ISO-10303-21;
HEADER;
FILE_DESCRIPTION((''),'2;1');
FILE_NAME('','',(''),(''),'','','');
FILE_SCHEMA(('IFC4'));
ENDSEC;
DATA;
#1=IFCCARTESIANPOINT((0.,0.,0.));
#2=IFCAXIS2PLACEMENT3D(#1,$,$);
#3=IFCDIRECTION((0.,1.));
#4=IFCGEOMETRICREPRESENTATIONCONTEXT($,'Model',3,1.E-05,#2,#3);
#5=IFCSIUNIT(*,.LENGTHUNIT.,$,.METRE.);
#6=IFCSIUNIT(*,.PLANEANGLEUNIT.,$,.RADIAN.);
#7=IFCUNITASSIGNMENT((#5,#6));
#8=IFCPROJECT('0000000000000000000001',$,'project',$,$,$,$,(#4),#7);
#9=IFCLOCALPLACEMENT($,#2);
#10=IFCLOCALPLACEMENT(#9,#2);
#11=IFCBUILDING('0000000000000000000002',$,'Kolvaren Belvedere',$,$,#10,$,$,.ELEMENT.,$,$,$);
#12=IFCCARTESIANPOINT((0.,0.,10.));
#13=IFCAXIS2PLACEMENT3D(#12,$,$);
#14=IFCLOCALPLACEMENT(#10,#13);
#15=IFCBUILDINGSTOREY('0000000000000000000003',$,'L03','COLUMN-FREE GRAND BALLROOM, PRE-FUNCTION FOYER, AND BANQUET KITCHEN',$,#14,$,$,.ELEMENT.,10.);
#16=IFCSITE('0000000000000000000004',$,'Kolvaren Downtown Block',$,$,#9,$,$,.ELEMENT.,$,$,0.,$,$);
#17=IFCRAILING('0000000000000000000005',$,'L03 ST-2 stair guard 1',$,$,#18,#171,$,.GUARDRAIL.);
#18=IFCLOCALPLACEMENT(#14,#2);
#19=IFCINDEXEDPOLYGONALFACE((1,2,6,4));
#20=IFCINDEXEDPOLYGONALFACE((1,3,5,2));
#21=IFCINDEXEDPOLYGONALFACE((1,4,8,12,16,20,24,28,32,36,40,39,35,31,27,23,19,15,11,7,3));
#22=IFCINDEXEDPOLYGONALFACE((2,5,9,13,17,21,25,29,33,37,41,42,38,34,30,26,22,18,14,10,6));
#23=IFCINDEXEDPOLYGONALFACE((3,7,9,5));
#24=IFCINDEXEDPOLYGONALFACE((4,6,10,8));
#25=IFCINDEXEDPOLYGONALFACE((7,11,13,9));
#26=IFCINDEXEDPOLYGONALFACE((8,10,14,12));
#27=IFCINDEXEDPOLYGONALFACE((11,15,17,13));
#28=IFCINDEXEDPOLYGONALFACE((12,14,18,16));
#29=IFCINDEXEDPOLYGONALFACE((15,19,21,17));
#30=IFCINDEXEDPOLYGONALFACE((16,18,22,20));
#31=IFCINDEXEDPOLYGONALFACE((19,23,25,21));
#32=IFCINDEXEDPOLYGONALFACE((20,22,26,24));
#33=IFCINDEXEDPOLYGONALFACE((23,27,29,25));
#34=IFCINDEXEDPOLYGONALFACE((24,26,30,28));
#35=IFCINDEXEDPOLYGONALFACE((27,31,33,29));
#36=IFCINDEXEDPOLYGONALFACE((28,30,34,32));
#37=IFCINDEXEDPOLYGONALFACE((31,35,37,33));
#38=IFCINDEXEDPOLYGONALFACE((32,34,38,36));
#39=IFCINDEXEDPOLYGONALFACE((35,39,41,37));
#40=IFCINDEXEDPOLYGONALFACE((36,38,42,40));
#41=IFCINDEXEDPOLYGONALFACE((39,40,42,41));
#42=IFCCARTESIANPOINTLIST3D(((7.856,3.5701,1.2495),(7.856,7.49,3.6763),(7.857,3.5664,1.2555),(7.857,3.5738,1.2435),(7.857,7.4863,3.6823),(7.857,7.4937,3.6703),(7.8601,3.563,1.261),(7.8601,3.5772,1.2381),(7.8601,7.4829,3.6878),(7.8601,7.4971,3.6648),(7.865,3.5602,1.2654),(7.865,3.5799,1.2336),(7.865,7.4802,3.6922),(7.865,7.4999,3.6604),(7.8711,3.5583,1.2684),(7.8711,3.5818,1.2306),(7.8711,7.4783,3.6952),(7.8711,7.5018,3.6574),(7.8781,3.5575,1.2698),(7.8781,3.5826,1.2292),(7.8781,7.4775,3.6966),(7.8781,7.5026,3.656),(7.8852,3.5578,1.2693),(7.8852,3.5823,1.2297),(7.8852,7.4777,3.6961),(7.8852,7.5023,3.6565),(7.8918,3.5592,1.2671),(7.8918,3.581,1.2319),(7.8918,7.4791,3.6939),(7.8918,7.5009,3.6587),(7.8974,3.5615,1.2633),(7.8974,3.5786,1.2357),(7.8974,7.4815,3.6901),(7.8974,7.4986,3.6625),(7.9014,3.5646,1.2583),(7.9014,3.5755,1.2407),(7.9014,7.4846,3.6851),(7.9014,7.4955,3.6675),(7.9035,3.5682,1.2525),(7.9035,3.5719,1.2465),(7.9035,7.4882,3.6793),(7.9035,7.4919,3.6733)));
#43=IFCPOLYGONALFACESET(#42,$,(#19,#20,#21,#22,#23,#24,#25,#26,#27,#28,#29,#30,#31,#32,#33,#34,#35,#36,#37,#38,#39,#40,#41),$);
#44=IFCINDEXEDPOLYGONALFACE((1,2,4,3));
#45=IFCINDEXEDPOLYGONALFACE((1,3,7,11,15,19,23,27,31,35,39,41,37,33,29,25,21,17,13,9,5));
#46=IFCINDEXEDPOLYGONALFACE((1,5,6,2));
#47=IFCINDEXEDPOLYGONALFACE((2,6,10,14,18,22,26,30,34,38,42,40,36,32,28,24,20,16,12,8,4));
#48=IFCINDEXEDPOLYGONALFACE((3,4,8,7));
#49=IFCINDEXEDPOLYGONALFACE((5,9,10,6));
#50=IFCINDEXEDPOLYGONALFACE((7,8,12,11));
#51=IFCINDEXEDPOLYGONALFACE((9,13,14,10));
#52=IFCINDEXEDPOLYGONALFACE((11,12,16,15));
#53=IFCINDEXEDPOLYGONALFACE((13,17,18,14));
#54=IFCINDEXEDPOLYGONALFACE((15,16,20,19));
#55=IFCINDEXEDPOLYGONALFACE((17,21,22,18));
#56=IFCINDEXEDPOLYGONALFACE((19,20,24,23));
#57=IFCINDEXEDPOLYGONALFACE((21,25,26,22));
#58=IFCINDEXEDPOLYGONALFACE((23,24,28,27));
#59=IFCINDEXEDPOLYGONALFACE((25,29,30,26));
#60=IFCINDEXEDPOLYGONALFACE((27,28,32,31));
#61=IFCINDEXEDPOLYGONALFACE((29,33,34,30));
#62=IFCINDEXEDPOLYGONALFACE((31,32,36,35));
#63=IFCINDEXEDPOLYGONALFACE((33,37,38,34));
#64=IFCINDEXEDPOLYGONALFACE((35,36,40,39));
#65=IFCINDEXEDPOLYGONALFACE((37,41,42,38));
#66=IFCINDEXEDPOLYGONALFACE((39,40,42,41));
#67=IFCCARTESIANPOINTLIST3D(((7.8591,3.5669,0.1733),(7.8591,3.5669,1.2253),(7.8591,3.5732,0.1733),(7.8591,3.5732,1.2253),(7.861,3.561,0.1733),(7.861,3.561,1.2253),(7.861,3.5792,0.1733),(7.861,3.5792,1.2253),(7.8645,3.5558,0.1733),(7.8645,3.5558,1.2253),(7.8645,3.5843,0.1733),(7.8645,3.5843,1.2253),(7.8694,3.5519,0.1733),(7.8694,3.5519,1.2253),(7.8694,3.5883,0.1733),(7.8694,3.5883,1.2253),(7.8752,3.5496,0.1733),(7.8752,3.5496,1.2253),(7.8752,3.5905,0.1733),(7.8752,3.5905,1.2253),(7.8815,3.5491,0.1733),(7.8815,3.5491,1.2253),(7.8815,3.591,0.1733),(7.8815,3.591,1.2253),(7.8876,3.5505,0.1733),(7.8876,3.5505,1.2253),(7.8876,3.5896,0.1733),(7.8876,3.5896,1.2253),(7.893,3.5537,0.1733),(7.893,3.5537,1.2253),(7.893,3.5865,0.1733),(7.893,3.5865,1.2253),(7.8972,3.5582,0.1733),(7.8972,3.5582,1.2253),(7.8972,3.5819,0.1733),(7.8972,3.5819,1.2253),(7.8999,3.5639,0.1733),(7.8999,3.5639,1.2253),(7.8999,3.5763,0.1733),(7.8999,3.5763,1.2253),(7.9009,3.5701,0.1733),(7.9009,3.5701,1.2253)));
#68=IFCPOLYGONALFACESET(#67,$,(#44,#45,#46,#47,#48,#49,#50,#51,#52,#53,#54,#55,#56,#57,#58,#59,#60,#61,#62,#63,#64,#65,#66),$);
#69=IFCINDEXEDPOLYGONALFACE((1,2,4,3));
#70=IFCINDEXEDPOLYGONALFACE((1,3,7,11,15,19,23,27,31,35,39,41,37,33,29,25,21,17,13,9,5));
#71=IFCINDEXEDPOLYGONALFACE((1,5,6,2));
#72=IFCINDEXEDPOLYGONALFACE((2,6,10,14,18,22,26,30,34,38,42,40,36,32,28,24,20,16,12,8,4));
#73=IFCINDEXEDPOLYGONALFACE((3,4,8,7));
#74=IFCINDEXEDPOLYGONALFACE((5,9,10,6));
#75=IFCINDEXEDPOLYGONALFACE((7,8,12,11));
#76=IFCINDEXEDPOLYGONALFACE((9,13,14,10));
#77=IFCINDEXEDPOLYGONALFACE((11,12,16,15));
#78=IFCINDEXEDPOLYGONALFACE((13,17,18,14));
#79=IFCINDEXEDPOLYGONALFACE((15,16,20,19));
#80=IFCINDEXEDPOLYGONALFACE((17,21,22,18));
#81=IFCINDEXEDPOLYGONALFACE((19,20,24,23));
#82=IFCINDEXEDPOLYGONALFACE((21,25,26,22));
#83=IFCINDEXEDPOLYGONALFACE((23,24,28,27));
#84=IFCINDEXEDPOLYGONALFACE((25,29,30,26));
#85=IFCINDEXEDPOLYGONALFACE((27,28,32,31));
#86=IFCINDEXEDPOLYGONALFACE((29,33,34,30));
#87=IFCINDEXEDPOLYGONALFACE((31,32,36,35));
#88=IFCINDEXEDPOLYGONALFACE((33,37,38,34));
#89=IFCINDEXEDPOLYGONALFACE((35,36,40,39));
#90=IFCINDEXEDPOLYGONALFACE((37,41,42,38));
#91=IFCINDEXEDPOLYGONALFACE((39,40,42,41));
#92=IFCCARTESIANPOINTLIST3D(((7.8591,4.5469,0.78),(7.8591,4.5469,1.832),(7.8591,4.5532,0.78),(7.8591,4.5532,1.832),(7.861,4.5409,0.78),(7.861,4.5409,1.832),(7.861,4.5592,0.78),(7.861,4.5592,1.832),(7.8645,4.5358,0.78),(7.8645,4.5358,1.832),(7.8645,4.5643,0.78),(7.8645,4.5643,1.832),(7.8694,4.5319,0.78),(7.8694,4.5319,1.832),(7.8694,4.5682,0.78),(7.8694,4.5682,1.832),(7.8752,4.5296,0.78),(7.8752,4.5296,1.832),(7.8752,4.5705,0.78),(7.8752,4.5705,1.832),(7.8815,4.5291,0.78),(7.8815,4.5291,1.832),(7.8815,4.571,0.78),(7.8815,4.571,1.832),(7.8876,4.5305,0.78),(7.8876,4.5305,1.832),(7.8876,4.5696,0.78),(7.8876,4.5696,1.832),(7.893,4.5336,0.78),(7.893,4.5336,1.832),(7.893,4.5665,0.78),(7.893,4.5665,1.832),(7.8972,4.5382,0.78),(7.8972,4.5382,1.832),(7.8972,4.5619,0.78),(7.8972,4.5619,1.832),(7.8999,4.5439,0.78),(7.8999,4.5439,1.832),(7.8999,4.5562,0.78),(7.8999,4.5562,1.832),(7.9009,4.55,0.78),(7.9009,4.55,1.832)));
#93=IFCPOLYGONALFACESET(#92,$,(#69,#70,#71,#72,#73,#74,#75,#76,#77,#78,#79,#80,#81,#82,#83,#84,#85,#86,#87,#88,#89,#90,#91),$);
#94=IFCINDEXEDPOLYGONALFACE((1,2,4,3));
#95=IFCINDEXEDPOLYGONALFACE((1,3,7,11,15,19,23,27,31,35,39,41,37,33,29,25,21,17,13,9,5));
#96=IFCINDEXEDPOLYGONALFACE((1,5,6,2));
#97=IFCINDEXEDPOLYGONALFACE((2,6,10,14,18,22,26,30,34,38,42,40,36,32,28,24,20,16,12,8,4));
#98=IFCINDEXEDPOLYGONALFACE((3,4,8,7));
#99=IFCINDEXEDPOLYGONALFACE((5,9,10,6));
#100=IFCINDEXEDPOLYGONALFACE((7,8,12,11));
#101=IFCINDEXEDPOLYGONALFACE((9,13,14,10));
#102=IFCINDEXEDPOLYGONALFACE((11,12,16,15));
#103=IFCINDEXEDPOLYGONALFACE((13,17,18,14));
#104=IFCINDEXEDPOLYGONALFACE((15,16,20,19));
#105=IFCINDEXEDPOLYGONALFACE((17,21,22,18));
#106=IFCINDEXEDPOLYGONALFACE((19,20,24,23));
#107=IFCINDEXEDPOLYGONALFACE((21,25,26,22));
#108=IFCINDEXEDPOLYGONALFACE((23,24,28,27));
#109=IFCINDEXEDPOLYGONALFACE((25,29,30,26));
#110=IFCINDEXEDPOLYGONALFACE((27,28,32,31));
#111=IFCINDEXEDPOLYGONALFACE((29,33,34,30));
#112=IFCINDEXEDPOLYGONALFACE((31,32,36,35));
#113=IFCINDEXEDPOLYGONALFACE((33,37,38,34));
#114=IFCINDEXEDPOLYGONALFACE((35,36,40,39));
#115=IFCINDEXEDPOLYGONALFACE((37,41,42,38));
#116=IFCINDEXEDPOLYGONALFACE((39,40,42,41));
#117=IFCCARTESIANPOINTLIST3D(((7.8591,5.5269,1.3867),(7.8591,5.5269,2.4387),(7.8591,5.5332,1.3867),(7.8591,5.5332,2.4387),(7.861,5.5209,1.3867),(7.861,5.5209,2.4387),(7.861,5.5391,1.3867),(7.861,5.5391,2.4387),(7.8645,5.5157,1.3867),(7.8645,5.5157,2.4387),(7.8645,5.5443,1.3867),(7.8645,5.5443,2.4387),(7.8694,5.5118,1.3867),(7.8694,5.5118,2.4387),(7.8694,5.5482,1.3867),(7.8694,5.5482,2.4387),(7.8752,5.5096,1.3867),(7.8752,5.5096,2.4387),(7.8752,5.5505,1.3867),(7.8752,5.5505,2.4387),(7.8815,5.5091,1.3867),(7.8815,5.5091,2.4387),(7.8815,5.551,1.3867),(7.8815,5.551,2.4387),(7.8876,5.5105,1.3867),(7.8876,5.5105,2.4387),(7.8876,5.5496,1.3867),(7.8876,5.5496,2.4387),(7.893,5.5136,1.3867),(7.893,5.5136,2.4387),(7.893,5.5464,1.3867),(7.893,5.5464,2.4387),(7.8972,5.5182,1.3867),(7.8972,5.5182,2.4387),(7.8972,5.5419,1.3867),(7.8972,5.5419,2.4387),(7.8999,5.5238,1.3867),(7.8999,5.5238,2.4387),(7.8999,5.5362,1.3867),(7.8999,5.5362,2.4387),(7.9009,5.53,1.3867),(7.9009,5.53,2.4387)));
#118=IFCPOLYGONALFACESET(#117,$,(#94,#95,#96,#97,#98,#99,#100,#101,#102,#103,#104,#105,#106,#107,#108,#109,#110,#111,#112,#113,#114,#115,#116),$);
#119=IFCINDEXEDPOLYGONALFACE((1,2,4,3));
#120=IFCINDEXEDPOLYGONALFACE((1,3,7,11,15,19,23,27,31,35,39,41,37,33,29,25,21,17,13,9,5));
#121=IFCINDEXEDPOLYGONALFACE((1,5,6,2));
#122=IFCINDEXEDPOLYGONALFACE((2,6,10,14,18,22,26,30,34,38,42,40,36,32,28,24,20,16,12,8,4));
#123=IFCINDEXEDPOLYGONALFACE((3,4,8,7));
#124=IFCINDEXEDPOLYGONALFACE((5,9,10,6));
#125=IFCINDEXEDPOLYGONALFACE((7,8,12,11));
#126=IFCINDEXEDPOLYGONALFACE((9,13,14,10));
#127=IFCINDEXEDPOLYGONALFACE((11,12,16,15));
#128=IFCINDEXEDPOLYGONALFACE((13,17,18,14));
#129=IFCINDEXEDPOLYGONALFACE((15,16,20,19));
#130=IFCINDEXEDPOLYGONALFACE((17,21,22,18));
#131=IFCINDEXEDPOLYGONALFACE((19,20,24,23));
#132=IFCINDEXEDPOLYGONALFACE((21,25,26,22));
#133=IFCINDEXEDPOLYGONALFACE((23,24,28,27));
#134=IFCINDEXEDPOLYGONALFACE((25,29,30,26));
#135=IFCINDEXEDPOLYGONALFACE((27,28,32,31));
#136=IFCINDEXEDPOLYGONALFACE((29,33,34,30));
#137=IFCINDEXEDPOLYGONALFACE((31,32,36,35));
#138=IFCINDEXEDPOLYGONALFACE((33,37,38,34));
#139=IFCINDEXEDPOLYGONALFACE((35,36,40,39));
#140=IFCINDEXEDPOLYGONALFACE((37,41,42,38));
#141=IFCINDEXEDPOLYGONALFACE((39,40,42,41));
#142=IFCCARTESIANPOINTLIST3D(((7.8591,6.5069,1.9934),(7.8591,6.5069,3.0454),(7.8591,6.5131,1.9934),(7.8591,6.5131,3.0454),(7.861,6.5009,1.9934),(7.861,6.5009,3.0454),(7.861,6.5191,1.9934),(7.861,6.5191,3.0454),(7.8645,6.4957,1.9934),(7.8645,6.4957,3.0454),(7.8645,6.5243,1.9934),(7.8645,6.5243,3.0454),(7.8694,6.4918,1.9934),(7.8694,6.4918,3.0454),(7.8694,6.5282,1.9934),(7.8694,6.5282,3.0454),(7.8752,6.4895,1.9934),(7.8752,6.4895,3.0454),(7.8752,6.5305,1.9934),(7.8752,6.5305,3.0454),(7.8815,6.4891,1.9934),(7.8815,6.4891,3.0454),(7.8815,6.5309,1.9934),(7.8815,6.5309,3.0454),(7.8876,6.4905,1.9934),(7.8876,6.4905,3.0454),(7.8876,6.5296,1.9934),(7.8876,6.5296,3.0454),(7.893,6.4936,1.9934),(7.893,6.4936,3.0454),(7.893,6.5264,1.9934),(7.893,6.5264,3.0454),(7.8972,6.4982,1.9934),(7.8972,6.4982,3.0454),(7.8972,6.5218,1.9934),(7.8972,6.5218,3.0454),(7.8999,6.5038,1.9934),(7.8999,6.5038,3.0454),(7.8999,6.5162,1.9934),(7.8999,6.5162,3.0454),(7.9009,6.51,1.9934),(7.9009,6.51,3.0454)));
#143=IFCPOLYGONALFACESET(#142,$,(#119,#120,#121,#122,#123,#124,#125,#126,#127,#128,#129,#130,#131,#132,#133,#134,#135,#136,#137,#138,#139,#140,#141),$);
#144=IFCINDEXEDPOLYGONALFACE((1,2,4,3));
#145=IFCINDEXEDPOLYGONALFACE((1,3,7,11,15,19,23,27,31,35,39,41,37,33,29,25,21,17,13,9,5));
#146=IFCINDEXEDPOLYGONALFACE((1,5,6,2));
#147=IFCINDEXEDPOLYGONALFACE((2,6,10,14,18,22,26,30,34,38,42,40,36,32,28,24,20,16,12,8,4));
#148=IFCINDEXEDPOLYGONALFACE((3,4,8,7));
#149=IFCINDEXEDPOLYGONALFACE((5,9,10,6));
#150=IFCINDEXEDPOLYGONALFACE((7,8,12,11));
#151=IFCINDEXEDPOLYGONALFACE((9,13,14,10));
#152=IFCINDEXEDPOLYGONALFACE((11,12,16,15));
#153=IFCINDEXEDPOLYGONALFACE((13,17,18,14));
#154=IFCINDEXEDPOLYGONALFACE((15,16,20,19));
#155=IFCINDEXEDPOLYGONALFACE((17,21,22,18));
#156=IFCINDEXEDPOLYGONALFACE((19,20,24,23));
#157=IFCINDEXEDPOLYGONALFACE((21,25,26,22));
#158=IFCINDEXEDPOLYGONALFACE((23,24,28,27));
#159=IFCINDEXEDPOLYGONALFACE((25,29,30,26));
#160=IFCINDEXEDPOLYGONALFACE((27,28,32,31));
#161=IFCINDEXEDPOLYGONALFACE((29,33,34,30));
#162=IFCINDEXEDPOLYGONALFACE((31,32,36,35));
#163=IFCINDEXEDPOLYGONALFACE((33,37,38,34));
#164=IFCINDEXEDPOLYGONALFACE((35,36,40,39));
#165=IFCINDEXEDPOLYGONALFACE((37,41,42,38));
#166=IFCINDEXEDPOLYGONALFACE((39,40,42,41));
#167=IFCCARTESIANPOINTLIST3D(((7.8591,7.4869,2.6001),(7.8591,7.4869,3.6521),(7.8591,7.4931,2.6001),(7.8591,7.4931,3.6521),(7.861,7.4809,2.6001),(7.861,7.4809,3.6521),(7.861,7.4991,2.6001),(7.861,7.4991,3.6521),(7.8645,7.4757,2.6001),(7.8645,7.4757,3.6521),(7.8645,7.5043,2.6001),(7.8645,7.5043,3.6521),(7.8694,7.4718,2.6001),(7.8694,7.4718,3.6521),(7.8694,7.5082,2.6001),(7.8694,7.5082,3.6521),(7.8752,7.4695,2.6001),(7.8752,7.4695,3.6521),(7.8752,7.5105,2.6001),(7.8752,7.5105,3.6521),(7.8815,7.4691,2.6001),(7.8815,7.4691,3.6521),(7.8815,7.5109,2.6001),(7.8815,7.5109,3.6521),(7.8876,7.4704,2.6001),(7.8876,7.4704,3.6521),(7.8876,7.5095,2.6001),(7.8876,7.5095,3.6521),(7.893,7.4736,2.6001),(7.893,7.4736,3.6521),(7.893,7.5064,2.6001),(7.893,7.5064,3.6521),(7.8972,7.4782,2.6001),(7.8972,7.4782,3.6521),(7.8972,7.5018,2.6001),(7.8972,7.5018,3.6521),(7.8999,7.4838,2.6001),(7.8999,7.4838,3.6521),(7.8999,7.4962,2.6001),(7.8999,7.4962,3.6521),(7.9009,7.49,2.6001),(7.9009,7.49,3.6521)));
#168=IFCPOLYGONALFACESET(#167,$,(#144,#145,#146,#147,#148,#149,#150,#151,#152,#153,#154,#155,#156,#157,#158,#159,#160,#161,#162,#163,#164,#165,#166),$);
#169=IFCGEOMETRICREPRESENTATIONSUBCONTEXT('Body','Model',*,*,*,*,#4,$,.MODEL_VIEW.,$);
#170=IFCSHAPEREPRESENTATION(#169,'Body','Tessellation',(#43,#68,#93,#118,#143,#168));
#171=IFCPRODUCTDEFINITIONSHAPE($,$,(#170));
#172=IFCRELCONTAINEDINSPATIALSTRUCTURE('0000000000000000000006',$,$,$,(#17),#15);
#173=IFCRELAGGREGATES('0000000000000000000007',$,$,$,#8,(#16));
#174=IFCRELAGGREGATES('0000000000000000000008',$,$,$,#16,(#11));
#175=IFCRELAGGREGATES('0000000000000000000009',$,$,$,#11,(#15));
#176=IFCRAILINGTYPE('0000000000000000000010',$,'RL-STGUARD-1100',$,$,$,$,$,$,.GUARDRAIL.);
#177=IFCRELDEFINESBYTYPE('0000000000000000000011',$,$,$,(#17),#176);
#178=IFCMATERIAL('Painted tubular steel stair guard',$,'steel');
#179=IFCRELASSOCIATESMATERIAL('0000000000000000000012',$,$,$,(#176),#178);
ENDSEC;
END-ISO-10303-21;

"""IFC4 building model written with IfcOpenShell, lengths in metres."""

from ifc_helpers import new_model, si_unit, direction, frame, origin, origin_2d, place, context, subcontext, project, spatial, circle, extrude, material, type_object, element, save


model = new_model("IFC4")

# Units and contexts
model_context = context("Model", 3, precision=1e-05, world=origin(), true_north=direction((0.0, 1.0)))
body_context = subcontext(model_context, "Body", "Model", "MODEL_VIEW")
ifc_project = project(units=[si_unit("LENGTHUNIT", "METRE"), si_unit("PLANEANGLEUNIT", "RADIAN")], contexts=[model_context])

# Site, building, storey
site_placement = place(None, origin())
site = spatial("IfcSite", under=ifc_project, at=site_placement, Name="Kolvaren Downtown Block", CompositionType="ELEMENT", RefElevation=0.0)
building_placement = place(site_placement, origin())
building = spatial("IfcBuilding", under=site, at=building_placement, Name="Kolvaren Belvedere", CompositionType="ELEMENT")
storey_placement = place(building_placement, frame((0.0, 0.0, 10.0)))
storey = spatial("IfcBuildingStorey", under=building, at=storey_placement, Name="L03", Description="COLUMN-FREE GRAND BALLROOM, PRE-FUNCTION FOYER, AND BANQUET KITCHEN", CompositionType="ELEMENT", Elevation=10.0)

# Railing
ifc_material_1 = material(Name="Painted tubular steel stair guard", Category="steel")
railing_type_1 = type_object("IfcRailingType", Name="RL-STGUARD-1100", PredefinedType="GUARDRAIL", material=ifc_material_1)
railing_1_placement = place(storey_placement, frame((7.8799, 3.5701, 0.1733)))
element("IfcRailing", 1, at=railing_1_placement, inside=storey, type_object=railing_type_1, Name="L03 ST-2 stair guard 1", PredefinedType="GUARDRAIL", context=body_context, shape_type="SweptSolid", body=[
    extrude(circle(Radius=0.0239, at=origin_2d()), frame((0.0, 0.0, 1.0762), z_axis=(0.0, 0.850252, 0.526376), x_axis=(-1.0, 0.0, 0.0)), (0.0, 0.0, 1.0), 4.6104),
    extrude(circle(Radius=0.021, at=origin_2d()), origin(), (0.0, 0.0, 1.0), 1.052),
    extrude(circle(Radius=0.021, at=origin_2d()), frame((0.0, 0.98, 0.6067)), (0.0, 0.0, 1.0), 1.052),
    extrude(circle(Radius=0.021, at=origin_2d()), frame((0.0, 1.96, 1.2134)), (0.0, 0.0, 1.0), 1.052),
    extrude(circle(Radius=0.021, at=origin_2d()), frame((0.0, 2.9399, 1.8201)), (0.0, 0.0, 1.0), 1.052),
    extrude(circle(Radius=0.021, at=origin_2d()), frame((0.0, 3.9199, 2.4268)), (0.0, 0.0, 1.0), 1.052),
])

save(model, "model.ifc")
